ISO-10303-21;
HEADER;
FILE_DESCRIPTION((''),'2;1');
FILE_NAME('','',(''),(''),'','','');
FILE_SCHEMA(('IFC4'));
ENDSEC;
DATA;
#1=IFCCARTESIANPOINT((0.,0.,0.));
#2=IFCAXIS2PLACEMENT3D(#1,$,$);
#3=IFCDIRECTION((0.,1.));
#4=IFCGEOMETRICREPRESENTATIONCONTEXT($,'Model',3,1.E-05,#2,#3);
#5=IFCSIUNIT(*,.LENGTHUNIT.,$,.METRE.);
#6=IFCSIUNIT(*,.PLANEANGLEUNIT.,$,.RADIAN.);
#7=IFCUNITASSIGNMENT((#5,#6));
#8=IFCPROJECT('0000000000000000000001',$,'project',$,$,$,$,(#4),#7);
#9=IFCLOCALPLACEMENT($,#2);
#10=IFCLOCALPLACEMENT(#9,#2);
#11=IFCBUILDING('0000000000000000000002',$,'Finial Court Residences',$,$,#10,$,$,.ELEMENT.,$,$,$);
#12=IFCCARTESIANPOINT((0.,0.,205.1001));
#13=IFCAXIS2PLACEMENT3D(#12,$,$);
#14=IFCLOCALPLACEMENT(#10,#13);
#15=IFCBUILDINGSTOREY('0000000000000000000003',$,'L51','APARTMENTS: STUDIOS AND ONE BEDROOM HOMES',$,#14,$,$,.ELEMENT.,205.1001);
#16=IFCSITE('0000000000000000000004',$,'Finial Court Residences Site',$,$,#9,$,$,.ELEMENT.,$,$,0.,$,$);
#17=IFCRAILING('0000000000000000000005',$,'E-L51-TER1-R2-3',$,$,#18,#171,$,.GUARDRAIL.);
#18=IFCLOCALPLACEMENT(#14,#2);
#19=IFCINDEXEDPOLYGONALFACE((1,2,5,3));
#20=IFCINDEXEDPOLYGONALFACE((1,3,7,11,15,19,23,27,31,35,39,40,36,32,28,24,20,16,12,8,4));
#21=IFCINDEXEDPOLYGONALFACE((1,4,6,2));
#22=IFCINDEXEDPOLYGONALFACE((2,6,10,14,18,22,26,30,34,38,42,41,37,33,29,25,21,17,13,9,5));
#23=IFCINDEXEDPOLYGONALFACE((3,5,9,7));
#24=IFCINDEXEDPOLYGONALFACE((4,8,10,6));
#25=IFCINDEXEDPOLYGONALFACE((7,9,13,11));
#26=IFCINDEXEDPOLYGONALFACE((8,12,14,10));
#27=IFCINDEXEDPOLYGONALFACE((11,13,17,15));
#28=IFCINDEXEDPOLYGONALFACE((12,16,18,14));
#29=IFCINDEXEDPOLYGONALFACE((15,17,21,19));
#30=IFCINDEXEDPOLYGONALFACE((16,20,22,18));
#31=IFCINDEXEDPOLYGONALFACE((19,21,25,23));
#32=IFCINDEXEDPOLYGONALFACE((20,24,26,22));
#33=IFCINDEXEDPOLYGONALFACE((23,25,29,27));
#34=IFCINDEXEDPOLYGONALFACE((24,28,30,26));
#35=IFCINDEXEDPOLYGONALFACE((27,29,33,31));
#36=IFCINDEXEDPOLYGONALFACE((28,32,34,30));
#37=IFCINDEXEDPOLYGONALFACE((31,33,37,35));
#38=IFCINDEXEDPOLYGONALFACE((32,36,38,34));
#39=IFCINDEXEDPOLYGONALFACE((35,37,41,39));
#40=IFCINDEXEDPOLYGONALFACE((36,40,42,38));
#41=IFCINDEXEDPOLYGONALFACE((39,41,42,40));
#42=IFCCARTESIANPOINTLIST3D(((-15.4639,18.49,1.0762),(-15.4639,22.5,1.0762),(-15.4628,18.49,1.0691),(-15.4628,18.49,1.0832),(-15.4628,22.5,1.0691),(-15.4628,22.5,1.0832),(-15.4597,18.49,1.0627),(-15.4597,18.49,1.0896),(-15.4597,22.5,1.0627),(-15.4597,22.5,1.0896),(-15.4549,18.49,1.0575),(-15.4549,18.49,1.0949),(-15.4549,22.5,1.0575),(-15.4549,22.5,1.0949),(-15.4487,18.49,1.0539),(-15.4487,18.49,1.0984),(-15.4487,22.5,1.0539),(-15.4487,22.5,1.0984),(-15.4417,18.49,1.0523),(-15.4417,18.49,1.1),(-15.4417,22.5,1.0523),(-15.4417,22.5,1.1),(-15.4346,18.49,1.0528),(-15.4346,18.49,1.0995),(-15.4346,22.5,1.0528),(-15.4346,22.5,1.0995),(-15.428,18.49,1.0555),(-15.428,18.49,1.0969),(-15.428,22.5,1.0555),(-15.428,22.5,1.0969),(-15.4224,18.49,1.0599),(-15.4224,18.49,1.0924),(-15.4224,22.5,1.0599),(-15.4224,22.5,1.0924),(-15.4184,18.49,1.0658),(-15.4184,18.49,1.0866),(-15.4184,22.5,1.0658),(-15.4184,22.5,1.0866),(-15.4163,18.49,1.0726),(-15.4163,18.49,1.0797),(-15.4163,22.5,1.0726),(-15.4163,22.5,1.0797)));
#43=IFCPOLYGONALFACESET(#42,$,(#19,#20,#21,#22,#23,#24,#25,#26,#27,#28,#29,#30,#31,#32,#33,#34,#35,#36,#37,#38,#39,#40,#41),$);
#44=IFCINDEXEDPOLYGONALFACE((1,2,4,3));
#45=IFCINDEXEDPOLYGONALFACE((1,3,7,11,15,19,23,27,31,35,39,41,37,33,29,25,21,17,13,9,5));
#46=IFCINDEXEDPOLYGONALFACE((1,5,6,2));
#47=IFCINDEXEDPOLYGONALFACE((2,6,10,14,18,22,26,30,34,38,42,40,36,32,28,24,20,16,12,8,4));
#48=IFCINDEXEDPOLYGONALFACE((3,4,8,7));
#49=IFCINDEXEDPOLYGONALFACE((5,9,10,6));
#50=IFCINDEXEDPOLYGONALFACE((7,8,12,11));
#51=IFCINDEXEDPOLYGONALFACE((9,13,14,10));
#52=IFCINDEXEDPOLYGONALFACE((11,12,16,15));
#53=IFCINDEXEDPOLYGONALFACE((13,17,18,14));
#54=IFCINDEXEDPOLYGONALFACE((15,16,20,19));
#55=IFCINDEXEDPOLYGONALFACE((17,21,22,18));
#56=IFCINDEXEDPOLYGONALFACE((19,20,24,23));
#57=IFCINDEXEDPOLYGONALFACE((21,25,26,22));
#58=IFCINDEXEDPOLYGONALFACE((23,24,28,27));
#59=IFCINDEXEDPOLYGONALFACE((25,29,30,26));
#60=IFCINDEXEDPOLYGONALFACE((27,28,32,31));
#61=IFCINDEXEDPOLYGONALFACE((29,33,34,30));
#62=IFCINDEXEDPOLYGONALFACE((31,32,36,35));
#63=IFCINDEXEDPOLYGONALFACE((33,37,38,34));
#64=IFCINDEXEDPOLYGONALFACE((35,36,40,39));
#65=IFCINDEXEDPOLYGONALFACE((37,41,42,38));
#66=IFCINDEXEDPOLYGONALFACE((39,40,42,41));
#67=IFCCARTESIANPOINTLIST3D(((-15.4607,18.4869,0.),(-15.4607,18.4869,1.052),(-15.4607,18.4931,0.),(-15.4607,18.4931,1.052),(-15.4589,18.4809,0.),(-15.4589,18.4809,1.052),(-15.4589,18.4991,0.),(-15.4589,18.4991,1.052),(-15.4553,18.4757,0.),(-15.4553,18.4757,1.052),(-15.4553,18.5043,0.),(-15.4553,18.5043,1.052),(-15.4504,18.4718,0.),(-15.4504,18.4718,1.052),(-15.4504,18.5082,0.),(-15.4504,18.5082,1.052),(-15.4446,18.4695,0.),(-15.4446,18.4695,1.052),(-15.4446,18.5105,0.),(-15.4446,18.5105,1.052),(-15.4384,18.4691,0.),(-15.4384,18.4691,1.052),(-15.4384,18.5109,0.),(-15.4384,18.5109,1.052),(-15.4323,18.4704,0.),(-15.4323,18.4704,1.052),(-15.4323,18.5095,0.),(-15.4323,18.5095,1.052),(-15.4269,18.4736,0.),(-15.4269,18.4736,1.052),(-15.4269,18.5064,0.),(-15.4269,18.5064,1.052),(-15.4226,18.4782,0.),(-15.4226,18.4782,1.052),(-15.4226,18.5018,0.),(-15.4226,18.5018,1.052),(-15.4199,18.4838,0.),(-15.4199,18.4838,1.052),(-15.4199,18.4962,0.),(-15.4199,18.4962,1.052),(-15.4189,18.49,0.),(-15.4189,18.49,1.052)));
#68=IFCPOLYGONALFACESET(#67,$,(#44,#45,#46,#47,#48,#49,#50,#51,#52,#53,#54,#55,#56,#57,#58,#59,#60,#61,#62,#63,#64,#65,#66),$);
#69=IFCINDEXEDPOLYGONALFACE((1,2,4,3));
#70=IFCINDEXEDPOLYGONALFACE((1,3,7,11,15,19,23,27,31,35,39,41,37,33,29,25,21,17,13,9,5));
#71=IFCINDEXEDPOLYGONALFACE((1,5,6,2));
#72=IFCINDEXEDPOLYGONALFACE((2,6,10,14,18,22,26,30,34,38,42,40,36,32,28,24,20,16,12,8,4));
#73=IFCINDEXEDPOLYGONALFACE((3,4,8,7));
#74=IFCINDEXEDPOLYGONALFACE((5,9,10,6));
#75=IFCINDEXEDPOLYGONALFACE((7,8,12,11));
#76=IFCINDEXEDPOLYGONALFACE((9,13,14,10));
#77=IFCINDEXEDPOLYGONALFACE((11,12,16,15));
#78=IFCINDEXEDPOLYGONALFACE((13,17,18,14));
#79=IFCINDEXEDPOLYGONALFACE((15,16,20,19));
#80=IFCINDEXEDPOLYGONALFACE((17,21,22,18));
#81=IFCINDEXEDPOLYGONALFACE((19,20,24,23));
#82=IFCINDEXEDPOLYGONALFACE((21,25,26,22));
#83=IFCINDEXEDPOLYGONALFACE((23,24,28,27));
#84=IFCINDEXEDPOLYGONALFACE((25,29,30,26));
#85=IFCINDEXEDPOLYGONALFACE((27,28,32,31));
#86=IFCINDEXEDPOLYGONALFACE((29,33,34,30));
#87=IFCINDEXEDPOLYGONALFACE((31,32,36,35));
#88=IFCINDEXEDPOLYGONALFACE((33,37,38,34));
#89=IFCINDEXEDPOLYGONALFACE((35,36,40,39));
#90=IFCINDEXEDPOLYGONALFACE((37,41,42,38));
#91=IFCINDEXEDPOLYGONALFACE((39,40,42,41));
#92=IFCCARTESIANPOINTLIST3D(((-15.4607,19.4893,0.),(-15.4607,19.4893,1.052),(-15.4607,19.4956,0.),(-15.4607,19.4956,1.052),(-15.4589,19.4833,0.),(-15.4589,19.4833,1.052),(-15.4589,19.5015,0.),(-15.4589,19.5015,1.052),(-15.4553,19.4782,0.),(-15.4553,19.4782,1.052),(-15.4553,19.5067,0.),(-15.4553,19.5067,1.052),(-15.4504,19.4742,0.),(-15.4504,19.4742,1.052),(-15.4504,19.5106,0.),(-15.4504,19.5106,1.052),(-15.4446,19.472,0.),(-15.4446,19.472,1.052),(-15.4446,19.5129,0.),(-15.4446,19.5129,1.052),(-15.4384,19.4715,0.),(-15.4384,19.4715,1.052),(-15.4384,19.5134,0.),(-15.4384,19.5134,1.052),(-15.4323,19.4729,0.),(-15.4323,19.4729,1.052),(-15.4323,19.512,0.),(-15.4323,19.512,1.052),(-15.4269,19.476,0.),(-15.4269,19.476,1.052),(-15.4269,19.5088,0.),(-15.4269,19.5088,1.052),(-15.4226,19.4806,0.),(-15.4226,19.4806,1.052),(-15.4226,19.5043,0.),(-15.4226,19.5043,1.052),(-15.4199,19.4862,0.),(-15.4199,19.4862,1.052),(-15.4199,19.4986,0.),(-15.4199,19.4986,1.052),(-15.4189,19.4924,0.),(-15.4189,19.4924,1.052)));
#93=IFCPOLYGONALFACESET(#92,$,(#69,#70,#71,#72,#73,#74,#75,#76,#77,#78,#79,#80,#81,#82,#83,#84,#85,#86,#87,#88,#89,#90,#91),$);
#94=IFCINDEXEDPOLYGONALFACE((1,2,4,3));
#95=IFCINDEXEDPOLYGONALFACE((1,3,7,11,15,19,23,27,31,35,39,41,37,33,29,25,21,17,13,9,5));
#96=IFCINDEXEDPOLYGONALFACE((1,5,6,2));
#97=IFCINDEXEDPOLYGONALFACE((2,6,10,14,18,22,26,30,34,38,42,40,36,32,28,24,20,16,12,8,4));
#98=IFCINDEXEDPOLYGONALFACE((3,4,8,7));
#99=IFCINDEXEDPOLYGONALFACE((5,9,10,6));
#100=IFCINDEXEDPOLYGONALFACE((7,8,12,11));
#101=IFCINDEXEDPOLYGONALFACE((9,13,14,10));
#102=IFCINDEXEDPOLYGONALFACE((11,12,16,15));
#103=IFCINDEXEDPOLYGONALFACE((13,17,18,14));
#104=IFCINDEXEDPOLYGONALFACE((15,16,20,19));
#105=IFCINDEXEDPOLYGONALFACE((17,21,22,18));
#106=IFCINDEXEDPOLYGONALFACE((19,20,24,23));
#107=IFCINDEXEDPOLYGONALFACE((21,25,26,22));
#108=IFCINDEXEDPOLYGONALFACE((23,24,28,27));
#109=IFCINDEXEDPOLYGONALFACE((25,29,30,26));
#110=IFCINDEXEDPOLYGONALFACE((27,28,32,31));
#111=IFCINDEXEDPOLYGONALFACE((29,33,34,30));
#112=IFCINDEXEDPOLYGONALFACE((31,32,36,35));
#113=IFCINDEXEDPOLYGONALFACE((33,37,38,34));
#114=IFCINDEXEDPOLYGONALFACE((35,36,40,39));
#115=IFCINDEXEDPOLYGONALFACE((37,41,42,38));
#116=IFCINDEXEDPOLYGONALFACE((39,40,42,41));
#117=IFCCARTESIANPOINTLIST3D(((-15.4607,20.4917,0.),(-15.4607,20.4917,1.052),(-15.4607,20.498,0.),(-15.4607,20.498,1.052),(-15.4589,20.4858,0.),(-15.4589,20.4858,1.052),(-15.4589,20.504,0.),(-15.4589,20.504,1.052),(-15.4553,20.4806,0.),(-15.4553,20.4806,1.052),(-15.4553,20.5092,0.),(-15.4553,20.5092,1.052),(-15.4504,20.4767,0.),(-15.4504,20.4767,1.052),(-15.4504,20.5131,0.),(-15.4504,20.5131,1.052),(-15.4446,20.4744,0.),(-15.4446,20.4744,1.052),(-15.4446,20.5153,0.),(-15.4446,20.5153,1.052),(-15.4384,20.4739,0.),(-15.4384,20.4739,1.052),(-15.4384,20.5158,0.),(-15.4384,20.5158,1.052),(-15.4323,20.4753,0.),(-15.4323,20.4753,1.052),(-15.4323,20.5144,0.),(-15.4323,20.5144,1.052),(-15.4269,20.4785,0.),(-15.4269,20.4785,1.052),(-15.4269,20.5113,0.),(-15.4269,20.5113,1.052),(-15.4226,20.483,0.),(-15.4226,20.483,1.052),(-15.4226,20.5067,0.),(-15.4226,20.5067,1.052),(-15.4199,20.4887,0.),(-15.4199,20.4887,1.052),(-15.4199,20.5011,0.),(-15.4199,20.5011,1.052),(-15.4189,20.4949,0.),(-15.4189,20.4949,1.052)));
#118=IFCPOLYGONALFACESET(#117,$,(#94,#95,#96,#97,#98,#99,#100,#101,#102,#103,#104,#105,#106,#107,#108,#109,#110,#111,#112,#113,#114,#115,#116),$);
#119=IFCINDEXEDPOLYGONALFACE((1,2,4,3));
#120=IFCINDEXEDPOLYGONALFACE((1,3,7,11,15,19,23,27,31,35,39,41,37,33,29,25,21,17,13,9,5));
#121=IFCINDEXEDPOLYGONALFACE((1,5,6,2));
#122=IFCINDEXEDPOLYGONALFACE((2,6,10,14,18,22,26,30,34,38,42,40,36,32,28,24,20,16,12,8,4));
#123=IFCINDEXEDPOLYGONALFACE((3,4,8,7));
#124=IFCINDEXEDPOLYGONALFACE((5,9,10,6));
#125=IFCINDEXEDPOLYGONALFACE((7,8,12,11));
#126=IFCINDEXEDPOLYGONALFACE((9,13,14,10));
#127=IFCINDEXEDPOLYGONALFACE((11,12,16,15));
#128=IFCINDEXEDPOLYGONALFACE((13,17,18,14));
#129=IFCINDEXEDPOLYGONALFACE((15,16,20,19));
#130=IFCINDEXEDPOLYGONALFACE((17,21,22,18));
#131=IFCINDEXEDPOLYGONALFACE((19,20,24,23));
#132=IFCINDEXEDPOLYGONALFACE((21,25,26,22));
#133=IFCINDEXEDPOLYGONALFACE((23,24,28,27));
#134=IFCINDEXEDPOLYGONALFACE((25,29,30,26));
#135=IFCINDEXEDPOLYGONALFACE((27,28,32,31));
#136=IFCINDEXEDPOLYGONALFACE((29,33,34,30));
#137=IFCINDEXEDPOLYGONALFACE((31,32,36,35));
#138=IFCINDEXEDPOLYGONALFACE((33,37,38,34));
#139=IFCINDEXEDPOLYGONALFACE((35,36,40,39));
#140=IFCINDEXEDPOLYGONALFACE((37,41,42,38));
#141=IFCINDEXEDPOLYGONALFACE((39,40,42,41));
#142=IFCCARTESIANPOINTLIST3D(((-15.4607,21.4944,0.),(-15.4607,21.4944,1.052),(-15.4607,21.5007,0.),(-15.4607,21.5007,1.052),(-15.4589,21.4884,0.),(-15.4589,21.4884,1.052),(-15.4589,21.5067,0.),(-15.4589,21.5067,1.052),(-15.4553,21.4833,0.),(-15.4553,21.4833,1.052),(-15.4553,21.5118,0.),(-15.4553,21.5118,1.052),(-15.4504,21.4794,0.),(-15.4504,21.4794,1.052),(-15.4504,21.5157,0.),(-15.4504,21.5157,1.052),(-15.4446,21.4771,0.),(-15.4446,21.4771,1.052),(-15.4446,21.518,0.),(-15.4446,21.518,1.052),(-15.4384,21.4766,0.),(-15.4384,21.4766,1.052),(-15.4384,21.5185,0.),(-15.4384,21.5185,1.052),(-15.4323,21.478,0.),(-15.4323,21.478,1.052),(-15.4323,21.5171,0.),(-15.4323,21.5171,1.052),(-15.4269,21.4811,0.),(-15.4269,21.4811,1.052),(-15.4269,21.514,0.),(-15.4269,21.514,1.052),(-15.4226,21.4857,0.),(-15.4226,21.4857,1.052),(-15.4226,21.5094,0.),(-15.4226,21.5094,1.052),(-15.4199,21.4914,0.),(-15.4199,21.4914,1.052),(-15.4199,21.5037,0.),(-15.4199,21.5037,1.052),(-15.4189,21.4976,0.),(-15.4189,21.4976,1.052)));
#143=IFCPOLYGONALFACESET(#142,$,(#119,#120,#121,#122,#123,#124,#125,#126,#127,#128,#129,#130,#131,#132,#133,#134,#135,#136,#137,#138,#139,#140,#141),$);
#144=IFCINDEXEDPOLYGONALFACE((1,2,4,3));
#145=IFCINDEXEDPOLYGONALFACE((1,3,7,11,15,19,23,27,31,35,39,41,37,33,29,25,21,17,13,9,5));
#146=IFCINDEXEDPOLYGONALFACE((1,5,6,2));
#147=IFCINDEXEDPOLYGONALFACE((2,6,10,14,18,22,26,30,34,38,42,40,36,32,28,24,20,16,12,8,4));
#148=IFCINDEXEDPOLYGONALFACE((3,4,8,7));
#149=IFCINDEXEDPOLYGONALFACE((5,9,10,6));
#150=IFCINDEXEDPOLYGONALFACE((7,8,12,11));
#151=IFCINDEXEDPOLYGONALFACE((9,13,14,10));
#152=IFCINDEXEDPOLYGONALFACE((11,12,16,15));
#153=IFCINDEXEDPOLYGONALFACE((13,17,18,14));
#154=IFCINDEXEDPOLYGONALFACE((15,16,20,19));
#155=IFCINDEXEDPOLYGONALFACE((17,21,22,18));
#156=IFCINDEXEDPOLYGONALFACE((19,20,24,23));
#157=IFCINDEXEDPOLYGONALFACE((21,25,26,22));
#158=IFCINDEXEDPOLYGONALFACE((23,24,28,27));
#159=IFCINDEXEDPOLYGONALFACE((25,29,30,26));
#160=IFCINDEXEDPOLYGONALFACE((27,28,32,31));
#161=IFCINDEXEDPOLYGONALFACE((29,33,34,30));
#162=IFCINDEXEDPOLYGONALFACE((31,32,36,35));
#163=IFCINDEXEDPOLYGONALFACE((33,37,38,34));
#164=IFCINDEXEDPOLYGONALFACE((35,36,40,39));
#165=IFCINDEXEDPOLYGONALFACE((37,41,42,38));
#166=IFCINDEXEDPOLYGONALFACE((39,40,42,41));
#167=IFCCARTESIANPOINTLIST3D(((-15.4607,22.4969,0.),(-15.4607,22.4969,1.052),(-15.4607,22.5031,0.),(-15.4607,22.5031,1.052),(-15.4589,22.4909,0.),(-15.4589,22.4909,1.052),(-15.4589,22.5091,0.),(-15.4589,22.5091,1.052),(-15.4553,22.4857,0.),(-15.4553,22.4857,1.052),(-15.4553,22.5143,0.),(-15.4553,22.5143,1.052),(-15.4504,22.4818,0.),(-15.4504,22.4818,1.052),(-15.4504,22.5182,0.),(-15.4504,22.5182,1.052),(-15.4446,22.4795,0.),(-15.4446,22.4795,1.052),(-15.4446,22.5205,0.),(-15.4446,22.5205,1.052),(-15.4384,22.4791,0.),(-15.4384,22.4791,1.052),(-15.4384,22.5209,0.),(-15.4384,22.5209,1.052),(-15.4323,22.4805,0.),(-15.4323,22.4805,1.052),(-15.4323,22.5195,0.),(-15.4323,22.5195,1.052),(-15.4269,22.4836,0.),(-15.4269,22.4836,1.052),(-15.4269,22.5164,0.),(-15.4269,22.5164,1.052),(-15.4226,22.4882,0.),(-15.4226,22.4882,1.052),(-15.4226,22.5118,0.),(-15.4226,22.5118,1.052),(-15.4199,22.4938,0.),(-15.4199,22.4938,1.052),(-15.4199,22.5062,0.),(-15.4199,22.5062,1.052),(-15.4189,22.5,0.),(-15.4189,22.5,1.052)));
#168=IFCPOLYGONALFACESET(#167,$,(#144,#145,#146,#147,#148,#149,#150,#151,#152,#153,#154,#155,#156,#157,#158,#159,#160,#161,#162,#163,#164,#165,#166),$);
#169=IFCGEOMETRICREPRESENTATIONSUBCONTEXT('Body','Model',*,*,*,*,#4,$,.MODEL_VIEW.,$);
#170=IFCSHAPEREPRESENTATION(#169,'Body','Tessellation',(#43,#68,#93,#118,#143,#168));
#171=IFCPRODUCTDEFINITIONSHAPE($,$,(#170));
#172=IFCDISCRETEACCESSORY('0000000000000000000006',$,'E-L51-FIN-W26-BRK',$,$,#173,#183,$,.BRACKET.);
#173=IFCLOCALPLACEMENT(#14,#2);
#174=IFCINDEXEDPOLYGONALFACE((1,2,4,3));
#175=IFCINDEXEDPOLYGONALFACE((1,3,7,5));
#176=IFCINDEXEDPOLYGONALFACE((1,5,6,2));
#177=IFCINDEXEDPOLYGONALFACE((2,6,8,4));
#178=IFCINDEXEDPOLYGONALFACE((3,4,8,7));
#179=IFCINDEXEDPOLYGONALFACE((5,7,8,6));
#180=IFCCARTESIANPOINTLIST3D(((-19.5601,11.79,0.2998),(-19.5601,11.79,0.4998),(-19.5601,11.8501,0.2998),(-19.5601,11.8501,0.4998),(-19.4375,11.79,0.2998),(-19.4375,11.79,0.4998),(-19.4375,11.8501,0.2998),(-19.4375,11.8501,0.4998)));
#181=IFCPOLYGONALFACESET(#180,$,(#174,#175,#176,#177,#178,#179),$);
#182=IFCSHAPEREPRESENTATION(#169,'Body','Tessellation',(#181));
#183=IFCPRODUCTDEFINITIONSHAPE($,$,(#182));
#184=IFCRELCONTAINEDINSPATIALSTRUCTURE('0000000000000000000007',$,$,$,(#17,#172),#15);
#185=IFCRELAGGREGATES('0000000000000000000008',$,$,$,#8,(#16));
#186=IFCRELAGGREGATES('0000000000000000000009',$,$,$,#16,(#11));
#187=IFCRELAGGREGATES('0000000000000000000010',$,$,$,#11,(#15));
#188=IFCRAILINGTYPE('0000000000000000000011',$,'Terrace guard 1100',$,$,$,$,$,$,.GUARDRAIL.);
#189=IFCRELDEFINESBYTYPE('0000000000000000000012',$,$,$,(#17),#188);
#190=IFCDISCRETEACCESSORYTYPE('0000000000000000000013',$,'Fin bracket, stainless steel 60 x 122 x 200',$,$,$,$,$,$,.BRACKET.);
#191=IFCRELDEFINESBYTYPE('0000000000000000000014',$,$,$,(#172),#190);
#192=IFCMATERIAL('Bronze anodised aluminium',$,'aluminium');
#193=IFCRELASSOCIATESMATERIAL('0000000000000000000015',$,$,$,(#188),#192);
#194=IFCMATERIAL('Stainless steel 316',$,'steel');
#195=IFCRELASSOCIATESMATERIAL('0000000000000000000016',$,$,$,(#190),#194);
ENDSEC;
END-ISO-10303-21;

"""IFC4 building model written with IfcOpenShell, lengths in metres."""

from ifc_helpers import new_model, si_unit, direction, frame, origin, origin_2d, place, context, subcontext, project, spatial, rectangle, circle, extrude, material, type_object, element, save


model = new_model("IFC4")

# Units and contexts
model_context = context("Model", 3, precision=1e-05, world=origin(), true_north=direction((0.0, 1.0)))
body_context = subcontext(model_context, "Body", "Model", "MODEL_VIEW")
ifc_project = project(units=[si_unit("LENGTHUNIT", "METRE"), si_unit("PLANEANGLEUNIT", "RADIAN")], contexts=[model_context])

# Site, building, storey
site_placement = place(None, origin())
site = spatial("IfcSite", under=ifc_project, at=site_placement, Name="Finial Court Residences Site", CompositionType="ELEMENT", RefElevation=0.0)
building_placement = place(site_placement, origin())
building = spatial("IfcBuilding", under=site, at=building_placement, Name="Finial Court Residences", CompositionType="ELEMENT")
storey_placement = place(building_placement, frame((0.0, 0.0, 205.1001)))
storey = spatial("IfcBuildingStorey", under=building, at=storey_placement, Name="L51", Description="APARTMENTS: STUDIOS AND ONE BEDROOM HOMES", CompositionType="ELEMENT", Elevation=205.1001)

# Shared definitions
ifc_material_1 = material(Name="Bronze anodised aluminium", Category="aluminium")

# Railing
railing_type = type_object("IfcRailingType", Name="Terrace guard 1100", PredefinedType="GUARDRAIL", material=ifc_material_1)
railing_1_placement = place(storey_placement, frame((-15.4399, 18.49, 0.0)))
element("IfcRailing", 1, at=railing_1_placement, inside=storey, type_object=railing_type, Name="E-L51-TER1-R2-3", PredefinedType="GUARDRAIL", context=body_context, shape_type="SweptSolid", body=[
    extrude(circle(Radius=0.0239, at=origin_2d()), frame((0.0, 0.0, 1.0762), z_axis=(0.0, 1.0, 0.0), x_axis=(-1.0, 0.0, 0.0)), (0.0, 0.0, 1.0), 4.01),
    extrude(circle(Radius=0.021, at=origin_2d()), origin(), (0.0, 0.0, 1.0), 1.052),
    extrude(circle(Radius=0.021, at=origin_2d()), frame((0.0, 1.0024, 0.0)), (0.0, 0.0, 1.0), 1.052),
    extrude(circle(Radius=0.021, at=origin_2d()), frame((0.0, 2.0049, 0.0)), (0.0, 0.0, 1.0), 1.052),
    extrude(circle(Radius=0.021, at=origin_2d()), frame((0.0, 3.0076, 0.0)), (0.0, 0.0, 1.0), 1.052),
    extrude(circle(Radius=0.021, at=origin_2d()), frame((0.0, 4.01, 0.0)), (0.0, 0.0, 1.0), 1.052),
])

# Discrete accessory
ifc_material_2 = material(Name="Stainless steel 316", Category="steel")
discrete_accessory_type = type_object("IfcDiscreteAccessoryType", Name="Fin bracket, stainless steel 60 x 122 x 200", PredefinedType="BRACKET", material=ifc_material_2)
discrete_accessory_placement = place(storey_placement, frame((-19.4988, 11.8201, 0.2998), z_axis=(0.0, 0.0, 1.0), x_axis=(1.0, 0.0, 0.0)))
element("IfcDiscreteAccessory", 2, at=discrete_accessory_placement, inside=storey, type_object=discrete_accessory_type, Name="E-L51-FIN-W26-BRK", PredefinedType="BRACKET", context=body_context, shape_type="SweptSolid", body=[
    extrude(rectangle(XDim=0.1226, YDim=0.0601, at=origin_2d()), origin(), (0.0, 0.0, 1.0), 0.2),
])

save(model, "model.ifc")
